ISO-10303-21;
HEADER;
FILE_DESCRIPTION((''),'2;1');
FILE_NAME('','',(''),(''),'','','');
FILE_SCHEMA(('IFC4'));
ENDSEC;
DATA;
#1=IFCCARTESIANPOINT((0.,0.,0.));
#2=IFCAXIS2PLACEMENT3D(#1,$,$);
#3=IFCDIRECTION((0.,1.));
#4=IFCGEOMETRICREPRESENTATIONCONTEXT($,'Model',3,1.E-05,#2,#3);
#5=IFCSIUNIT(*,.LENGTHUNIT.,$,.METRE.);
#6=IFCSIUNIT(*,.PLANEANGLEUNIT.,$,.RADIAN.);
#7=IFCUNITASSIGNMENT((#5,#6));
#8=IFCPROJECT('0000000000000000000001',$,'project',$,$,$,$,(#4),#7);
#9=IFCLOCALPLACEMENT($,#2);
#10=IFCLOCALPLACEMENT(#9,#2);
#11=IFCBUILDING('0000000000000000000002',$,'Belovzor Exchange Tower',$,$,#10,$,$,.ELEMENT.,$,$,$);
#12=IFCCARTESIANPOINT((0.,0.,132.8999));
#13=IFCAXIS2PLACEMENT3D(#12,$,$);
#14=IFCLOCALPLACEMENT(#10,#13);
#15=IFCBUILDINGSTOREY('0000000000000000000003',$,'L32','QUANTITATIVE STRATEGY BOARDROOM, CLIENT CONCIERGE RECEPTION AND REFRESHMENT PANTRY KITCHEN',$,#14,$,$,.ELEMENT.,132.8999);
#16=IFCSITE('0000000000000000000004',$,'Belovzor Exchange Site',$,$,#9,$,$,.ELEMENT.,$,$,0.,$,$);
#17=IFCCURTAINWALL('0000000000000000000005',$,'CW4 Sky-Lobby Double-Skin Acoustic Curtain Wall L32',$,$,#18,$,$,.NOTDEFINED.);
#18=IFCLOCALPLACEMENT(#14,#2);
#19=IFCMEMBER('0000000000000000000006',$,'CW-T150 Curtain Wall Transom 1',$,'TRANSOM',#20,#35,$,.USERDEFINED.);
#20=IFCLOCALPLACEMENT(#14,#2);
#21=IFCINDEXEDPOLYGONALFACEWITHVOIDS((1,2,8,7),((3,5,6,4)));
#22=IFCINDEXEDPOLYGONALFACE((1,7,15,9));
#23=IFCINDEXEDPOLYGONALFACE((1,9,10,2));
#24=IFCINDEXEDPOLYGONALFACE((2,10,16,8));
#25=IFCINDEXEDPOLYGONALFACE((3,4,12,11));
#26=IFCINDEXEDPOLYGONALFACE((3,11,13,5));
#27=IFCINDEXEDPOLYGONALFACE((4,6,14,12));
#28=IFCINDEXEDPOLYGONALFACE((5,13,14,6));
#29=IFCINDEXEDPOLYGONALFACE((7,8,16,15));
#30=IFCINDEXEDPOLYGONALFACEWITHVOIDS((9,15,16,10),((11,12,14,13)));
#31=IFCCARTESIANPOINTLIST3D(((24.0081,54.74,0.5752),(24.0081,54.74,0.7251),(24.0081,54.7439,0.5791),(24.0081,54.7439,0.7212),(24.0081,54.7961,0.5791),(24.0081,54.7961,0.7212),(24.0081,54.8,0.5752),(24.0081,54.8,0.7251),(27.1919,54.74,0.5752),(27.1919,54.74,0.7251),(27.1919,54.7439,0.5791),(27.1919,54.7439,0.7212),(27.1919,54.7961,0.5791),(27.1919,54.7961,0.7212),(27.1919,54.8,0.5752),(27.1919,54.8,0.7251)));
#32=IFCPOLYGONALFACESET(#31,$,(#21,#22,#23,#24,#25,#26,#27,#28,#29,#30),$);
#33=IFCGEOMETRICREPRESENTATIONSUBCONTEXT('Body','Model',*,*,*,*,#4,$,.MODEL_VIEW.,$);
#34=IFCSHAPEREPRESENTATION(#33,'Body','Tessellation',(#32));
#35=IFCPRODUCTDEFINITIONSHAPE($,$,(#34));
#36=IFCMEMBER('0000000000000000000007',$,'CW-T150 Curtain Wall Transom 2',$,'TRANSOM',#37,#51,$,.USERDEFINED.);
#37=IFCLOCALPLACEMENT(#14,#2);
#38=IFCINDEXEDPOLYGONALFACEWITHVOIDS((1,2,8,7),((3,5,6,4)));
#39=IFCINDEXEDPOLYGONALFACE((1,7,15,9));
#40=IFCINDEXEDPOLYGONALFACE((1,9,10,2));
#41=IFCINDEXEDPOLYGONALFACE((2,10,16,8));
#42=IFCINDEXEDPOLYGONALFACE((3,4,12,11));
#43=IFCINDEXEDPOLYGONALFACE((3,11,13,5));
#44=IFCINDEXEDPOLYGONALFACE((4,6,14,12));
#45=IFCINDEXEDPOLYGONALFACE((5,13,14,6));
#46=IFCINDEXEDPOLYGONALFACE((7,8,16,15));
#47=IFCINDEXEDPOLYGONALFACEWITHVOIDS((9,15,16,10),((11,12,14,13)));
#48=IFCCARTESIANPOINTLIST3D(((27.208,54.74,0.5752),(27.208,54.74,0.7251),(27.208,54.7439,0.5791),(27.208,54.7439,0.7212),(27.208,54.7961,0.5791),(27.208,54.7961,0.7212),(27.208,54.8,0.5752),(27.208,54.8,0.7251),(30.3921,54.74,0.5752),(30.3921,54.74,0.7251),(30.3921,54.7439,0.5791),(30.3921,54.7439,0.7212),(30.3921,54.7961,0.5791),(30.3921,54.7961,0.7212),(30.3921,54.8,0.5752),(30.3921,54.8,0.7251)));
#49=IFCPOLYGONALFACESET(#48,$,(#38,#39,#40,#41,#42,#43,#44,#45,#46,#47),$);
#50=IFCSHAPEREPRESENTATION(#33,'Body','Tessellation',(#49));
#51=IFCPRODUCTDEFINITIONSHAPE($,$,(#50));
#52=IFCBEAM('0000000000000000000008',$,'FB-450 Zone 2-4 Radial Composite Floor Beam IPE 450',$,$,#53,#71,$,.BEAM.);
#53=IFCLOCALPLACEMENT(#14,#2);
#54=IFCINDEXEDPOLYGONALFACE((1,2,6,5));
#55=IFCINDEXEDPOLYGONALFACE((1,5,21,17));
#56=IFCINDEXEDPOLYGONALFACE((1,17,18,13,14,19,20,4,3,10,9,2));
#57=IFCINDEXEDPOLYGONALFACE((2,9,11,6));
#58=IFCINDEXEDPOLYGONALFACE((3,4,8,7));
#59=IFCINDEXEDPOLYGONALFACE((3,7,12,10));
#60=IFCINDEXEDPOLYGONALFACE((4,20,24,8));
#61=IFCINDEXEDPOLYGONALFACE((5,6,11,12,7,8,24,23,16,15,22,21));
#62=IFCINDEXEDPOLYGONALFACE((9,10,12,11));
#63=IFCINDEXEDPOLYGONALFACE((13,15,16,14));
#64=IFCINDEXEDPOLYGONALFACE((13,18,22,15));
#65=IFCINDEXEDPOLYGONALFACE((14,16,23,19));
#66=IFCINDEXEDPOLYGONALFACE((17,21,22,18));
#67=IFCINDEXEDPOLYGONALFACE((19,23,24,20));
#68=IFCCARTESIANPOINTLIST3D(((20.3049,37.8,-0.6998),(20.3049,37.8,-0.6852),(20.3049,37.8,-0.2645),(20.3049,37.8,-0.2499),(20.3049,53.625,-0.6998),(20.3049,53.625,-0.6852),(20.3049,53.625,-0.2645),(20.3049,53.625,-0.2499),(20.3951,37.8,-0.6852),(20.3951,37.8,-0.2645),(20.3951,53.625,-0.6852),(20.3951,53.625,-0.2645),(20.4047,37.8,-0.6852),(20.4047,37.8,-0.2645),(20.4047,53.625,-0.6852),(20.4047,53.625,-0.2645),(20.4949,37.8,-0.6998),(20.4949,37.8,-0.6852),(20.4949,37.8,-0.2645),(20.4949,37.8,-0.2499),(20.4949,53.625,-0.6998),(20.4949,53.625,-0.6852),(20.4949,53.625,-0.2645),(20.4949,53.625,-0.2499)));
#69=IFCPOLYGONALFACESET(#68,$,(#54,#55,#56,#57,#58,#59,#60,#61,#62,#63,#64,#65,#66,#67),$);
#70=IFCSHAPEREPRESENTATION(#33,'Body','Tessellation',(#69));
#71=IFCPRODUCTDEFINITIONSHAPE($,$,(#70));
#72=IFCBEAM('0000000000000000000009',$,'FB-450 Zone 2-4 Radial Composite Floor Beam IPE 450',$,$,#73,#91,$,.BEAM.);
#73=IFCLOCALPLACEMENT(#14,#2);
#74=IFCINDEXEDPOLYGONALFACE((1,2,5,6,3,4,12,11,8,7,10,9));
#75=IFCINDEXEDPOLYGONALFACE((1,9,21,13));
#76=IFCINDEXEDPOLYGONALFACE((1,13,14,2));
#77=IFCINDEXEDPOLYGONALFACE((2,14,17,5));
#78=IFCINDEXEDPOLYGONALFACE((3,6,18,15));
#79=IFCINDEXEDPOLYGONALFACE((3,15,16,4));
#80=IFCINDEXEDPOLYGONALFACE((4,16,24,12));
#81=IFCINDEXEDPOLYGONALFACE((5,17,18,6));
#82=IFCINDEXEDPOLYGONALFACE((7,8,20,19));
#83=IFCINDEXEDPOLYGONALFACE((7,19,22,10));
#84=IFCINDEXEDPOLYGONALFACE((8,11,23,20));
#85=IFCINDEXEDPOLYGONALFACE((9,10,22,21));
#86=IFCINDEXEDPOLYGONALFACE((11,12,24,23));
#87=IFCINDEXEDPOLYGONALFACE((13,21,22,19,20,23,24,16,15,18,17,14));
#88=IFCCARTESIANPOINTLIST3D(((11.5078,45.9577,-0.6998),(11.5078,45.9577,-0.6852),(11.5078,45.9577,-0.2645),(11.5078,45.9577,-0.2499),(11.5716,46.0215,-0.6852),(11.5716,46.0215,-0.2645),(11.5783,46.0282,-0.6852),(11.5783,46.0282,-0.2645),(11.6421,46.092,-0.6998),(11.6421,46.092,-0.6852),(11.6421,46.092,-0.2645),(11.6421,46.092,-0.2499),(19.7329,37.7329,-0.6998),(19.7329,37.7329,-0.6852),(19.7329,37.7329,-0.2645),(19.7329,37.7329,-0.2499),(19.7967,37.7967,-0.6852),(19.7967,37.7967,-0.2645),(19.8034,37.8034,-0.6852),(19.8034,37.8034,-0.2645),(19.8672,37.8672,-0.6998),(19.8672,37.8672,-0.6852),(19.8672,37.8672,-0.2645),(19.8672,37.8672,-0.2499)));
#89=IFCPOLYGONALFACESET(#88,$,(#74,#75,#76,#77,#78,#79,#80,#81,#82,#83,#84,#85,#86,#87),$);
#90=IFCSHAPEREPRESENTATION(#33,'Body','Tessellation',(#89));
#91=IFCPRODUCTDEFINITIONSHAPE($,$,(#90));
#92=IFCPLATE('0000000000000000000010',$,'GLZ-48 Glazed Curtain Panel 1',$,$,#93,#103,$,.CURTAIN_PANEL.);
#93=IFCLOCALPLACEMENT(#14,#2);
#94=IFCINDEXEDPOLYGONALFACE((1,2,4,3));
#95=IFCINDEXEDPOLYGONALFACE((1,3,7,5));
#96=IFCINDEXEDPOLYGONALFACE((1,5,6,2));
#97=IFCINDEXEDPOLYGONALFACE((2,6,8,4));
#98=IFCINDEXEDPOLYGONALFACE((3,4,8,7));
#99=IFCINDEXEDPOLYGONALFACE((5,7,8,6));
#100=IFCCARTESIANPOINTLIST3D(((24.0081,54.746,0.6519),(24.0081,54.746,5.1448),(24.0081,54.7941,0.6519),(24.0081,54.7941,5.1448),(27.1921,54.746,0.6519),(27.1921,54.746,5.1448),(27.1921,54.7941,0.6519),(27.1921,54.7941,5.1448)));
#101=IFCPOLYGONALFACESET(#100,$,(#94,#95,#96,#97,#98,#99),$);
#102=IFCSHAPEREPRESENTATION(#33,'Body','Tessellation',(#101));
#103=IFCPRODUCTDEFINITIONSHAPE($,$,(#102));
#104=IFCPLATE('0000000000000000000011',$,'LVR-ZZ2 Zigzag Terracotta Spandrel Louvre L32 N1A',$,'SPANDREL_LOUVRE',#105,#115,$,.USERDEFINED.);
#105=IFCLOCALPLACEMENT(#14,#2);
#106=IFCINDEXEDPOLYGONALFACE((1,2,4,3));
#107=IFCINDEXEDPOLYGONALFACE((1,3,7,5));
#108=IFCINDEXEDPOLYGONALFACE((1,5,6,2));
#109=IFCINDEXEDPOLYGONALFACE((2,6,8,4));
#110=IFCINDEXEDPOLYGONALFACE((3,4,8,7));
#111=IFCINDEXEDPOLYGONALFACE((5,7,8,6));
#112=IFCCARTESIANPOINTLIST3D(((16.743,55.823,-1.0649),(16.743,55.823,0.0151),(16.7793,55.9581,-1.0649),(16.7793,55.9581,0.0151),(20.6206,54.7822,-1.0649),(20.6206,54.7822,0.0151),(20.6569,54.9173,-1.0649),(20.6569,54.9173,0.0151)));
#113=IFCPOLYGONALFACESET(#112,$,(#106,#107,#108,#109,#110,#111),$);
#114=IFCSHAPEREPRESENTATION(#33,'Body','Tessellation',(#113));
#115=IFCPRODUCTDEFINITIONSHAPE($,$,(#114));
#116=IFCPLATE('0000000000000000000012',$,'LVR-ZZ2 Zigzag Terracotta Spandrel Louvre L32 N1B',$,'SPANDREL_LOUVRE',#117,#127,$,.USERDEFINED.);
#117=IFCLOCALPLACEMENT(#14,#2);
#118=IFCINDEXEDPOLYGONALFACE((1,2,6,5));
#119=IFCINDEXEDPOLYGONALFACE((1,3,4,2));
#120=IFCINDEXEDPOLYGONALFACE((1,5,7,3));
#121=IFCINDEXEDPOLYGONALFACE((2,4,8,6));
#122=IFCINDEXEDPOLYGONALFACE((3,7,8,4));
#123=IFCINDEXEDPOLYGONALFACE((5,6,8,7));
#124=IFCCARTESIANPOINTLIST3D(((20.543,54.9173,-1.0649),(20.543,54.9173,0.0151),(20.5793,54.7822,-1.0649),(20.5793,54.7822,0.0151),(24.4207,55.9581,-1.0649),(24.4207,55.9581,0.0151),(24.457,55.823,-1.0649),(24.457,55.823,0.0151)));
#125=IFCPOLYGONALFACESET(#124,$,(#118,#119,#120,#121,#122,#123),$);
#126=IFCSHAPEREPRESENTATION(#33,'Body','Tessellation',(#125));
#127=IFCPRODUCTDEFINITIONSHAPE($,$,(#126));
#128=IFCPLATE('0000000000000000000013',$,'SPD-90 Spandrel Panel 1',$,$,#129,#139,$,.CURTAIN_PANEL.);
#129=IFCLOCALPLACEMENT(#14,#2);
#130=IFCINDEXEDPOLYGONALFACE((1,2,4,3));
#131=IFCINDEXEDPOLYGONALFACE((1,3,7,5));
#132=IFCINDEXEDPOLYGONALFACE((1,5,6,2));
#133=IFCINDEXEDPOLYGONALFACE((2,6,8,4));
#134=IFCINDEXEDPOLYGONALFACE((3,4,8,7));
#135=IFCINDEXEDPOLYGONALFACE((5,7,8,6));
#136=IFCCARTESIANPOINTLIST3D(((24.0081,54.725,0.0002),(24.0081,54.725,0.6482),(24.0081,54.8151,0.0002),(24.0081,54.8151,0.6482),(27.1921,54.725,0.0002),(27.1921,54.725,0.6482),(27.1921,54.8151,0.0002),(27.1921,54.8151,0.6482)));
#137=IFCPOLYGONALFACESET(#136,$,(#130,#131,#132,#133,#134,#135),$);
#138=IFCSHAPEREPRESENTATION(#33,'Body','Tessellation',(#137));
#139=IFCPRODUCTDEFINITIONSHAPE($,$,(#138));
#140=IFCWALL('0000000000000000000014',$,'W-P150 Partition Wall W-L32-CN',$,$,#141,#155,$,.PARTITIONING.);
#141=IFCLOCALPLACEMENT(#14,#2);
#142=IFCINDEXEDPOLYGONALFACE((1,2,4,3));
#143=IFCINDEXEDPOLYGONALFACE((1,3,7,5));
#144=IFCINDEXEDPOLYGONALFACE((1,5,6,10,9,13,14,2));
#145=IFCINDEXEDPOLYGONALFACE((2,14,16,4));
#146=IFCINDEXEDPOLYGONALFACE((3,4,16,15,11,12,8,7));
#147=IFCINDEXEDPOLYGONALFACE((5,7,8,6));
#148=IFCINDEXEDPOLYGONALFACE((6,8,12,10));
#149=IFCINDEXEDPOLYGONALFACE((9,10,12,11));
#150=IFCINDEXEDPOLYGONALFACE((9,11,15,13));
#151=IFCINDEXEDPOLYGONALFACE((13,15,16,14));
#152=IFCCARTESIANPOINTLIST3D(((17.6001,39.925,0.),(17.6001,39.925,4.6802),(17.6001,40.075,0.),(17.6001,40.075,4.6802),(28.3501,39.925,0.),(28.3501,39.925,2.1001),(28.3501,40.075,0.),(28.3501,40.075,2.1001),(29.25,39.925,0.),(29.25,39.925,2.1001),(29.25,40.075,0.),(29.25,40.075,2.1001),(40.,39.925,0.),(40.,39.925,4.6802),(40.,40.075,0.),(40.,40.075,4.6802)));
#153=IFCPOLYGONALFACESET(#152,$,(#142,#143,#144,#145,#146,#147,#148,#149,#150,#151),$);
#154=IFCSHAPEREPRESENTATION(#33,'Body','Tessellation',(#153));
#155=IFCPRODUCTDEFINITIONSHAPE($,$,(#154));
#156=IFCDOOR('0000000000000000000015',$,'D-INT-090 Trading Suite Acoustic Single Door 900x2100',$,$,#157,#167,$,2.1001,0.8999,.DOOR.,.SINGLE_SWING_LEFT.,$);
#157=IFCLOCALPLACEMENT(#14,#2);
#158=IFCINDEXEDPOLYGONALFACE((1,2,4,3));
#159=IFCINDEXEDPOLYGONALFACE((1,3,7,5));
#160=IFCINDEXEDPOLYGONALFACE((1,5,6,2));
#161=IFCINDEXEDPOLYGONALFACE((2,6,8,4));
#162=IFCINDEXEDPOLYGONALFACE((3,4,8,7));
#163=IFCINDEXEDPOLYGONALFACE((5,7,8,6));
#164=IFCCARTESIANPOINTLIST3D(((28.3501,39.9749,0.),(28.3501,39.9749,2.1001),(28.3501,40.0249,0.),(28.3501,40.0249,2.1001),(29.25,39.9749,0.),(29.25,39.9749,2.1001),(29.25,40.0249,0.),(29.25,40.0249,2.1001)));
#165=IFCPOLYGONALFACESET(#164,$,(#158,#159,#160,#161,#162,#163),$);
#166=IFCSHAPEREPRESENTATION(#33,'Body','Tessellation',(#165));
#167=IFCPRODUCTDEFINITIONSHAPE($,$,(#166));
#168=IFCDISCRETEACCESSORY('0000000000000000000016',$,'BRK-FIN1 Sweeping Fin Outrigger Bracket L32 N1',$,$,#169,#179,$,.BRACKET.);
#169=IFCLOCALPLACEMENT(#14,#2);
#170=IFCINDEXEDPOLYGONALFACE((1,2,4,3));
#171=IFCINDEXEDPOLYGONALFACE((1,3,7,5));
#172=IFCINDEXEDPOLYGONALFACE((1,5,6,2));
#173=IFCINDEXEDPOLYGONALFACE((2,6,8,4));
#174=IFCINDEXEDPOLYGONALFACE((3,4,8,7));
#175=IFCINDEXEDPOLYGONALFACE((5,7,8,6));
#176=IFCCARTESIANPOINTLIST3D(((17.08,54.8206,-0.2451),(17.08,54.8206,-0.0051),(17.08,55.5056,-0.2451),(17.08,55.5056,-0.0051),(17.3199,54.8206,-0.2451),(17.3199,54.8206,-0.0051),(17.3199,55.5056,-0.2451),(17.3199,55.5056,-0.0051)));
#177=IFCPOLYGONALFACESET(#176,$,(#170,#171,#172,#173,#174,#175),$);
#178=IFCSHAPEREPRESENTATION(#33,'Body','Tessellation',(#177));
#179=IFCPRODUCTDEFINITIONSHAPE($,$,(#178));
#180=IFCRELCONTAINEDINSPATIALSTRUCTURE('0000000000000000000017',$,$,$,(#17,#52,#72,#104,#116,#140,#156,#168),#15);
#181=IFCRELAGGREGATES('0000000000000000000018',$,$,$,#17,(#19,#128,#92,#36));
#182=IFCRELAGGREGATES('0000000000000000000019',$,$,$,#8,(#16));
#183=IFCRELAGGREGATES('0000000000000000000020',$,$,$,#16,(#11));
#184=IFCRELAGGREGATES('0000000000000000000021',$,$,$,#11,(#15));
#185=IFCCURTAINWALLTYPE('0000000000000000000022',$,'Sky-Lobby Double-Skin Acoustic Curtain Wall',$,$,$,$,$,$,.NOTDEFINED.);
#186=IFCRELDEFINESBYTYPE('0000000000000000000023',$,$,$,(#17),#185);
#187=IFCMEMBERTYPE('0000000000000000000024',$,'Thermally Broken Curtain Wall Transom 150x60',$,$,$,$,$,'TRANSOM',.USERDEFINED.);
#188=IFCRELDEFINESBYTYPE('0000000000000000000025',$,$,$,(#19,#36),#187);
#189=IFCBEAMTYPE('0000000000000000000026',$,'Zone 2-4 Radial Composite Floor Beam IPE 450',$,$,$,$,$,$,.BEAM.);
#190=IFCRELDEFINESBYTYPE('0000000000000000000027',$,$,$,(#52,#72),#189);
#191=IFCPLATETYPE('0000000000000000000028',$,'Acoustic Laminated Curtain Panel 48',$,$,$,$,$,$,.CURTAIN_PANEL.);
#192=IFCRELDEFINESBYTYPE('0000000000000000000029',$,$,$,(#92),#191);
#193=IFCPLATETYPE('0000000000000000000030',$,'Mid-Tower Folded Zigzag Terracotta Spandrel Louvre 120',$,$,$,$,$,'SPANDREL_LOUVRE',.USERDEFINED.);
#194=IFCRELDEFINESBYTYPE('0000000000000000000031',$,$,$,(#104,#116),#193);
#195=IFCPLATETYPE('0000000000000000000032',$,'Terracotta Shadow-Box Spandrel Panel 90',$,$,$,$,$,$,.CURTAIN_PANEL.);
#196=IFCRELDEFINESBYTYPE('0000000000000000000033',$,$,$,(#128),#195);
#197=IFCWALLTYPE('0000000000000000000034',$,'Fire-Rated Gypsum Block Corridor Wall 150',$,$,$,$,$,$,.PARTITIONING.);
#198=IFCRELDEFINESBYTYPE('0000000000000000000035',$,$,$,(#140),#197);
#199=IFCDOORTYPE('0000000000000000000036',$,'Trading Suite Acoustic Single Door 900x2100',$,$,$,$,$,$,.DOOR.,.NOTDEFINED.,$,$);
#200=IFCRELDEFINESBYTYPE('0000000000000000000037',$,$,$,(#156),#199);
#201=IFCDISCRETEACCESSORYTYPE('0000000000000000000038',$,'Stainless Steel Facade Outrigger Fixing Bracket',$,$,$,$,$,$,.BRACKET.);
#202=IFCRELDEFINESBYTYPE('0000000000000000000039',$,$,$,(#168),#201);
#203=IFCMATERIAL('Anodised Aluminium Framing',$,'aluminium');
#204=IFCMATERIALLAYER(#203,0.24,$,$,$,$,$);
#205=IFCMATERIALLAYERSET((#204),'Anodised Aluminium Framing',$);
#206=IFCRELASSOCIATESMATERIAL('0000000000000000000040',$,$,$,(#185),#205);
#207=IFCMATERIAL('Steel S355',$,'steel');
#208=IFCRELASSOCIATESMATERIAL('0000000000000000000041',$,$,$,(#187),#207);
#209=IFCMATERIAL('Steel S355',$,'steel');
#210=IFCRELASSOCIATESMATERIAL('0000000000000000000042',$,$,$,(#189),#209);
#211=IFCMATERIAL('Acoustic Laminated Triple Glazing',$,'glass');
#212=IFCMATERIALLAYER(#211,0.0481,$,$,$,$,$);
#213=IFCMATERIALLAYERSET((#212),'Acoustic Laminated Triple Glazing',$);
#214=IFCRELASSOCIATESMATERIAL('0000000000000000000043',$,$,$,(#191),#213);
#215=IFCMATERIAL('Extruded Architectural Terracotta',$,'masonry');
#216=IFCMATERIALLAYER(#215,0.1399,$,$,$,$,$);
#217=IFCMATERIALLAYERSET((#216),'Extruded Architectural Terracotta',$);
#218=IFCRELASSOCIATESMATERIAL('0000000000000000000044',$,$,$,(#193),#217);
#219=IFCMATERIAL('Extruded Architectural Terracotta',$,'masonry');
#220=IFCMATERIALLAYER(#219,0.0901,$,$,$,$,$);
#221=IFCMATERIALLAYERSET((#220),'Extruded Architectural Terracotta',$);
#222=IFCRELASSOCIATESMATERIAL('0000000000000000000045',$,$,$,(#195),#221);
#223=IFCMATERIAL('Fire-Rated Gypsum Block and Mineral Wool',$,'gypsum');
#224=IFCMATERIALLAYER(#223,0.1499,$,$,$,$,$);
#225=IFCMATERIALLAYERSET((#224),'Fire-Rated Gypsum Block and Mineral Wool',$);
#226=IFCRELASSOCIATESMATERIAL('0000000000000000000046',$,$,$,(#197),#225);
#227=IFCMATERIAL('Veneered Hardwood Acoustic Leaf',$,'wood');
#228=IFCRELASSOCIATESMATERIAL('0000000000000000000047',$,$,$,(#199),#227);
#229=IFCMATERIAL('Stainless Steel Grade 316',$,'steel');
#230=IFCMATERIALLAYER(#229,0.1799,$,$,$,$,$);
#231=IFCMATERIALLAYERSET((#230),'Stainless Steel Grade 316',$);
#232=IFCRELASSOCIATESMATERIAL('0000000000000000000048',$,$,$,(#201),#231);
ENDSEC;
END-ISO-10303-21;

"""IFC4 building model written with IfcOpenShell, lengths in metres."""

from ifc_helpers import new_model, si_unit, direction, frame, frame_2d, origin, origin_2d, place, context, subcontext, project, spatial, rectangle, hollow_rectangle, i_section, extrude, material, layer, layer_set, material_profile, profile_set, type_object, element, fill, aggregate, save


model = new_model("IFC4")

# Units and contexts
model_context = context("Model", 3, precision=1e-05, world=origin(), true_north=direction((0.0, 1.0)))
body_context = subcontext(model_context, "Body", "Model", "MODEL_VIEW")
ifc_project = project(units=[si_unit("LENGTHUNIT", "METRE"), si_unit("PLANEANGLEUNIT", "RADIAN")], contexts=[model_context])

# Site, building, storey
site_placement = place(None, origin())
site = spatial("IfcSite", under=ifc_project, at=site_placement, Name="Belovzor Exchange Site", CompositionType="ELEMENT", RefElevation=0.0)
building_placement = place(site_placement, origin())
building = spatial("IfcBuilding", under=site, at=building_placement, Name="Belovzor Exchange Tower", CompositionType="ELEMENT")
storey_placement = place(building_placement, frame((0.0, 0.0, 132.8999)))
storey = spatial("IfcBuildingStorey", under=building, at=storey_placement, Name="L32", Description="QUANTITATIVE STRATEGY BOARDROOM, CLIENT CONCIERGE RECEPTION AND REFRESHMENT PANTRY KITCHEN", CompositionType="ELEMENT", Elevation=132.8999)

# Curtain wall, members
ifc_material_1 = material(Name="Anodised Aluminium Framing", Category="aluminium")
ifc_layer_1 = layer(ifc_material_1, 0.24)
ifc_layer_set_1 = layer_set([ifc_layer_1], Name="Anodised Aluminium Framing")
curtain_wall_type = type_object("IfcCurtainWallType", Name="Sky-Lobby Double-Skin Acoustic Curtain Wall", PredefinedType="NOTDEFINED", material=ifc_layer_set_1)
curtain_wall_placement = place(storey_placement, origin())
curtain_wall = element("IfcCurtainWall", 1, at=curtain_wall_placement, inside=storey, type_object=curtain_wall_type, Name="CW4 Sky-Lobby Double-Skin Acoustic Curtain Wall L32", PredefinedType="NOTDEFINED")
ifc_material_2 = material(Name="Steel S355", Category="steel")
ifc_material_profile_1 = material_profile(ifc_material_2, hollow_rectangle(XDim=0.0601, YDim=0.1499, WallThickness=0.0039, at=origin_2d()))
ifc_profile_set_1 = profile_set([ifc_material_profile_1], Name="Steel S355")
member_type_1 = type_object("IfcMemberType", Name="Thermally Broken Curtain Wall Transom 150x60", ElementType="TRANSOM", PredefinedType="USERDEFINED", material=ifc_profile_set_1)
member_1_placement = place(storey_placement, frame((24.0081, 54.77, 0.6501), z_axis=(1.0, 0.0, 0.0), x_axis=(0.0, 1.0, 0.0)))
member_1 = element("IfcMember", 2, at=member_1_placement, type_object=member_type_1, Name="CW-T150 Curtain Wall Transom 1", ObjectType="TRANSOM", PredefinedType="USERDEFINED", context=body_context, shape_type="SweptSolid", body=[
    extrude(hollow_rectangle(XDim=0.0601, YDim=0.1499, WallThickness=0.0039, at=origin_2d()), origin(), (0.0, 0.0, 1.0), 3.1838),
])
member_2_placement = place(storey_placement, frame((27.208, 54.77, 0.6501), z_axis=(1.0, 0.0, 0.0), x_axis=(0.0, 1.0, 0.0)))
member_2 = element("IfcMember", 3, at=member_2_placement, type_object=member_type_1, Name="CW-T150 Curtain Wall Transom 2", ObjectType="TRANSOM", PredefinedType="USERDEFINED", context=body_context, shape_type="SweptSolid", body=[
    extrude(hollow_rectangle(XDim=0.0601, YDim=0.1499, WallThickness=0.0039, at=origin_2d()), origin(), (0.0, 0.0, 1.0), 3.1841),
])

# Beams
ifc_material_3 = material(Name="Steel S355", Category="steel")
ifc_material_profile_2 = material_profile(ifc_material_3, i_section(OverallWidth=0.1899, OverallDepth=0.45, WebThickness=0.0095, FlangeThickness=0.0146, at=origin_2d()))
ifc_profile_set_2 = profile_set([ifc_material_profile_2], Name="Steel S355")
beam_type_1 = type_object("IfcBeamType", Name="Zone 2-4 Radial Composite Floor Beam IPE 450", PredefinedType="BEAM", material=ifc_profile_set_2)
beam_1_placement = place(storey_placement, frame((20.3999, 37.8, -0.4749), z_axis=(0.0, 1.0, 0.0), x_axis=(-1.0, 0.0, 0.0)))
element("IfcBeam", 4, at=beam_1_placement, inside=storey, type_object=beam_type_1, Name="FB-450 Zone 2-4 Radial Composite Floor Beam IPE 450", PredefinedType="BEAM", context=body_context, shape_type="SweptSolid", body=[
    extrude(i_section(OverallWidth=0.1899, OverallDepth=0.45, WebThickness=0.0095, FlangeThickness=0.0146, at=origin_2d()), origin(), (0.0, 0.0, 1.0), 15.825),
])
beam_2_placement = place(storey_placement, frame((19.8, 37.8, -0.4749), z_axis=(-0.707117, 0.707096, 0.0), x_axis=(-0.707096, -0.707117, 0.0)))
element("IfcBeam", 5, at=beam_2_placement, inside=storey, type_object=beam_type_1, Name="FB-450 Zone 2-4 Radial Composite Floor Beam IPE 450", PredefinedType="BEAM", context=body_context, shape_type="SweptSolid", body=[
    extrude(i_section(OverallWidth=0.1899, OverallDepth=0.45, WebThickness=0.0095, FlangeThickness=0.0146, at=origin_2d()), origin(), (0.0, 0.0, 1.0), 11.6318),
])

# Plate
ifc_material_4 = material(Name="Acoustic Laminated Triple Glazing", Category="glass")
ifc_layer_2 = layer(ifc_material_4, 0.0481)
ifc_layer_set_2 = layer_set([ifc_layer_2], Name="Acoustic Laminated Triple Glazing")
plate_type_1 = type_object("IfcPlateType", Name="Acoustic Laminated Curtain Panel 48", PredefinedType="CURTAIN_PANEL", material=ifc_layer_set_2)
plate_1_placement = place(storey_placement, frame((25.6001, 54.77, 0.6519), z_axis=(0.0, 0.0, 1.0), x_axis=(1.0, 0.0, 0.0)))
plate_1 = element("IfcPlate", 6, at=plate_1_placement, type_object=plate_type_1, Name="GLZ-48 Glazed Curtain Panel 1", PredefinedType="CURTAIN_PANEL", context=body_context, shape_type="SweptSolid", body=[
    extrude(rectangle(XDim=3.1841, YDim=0.0481, at=origin_2d()), origin(), (0.0, 0.0, 1.0), 4.4929),
])

# Plates
ifc_material_5 = material(Name="Extruded Architectural Terracotta", Category="masonry")
ifc_layer_3 = layer(ifc_material_5, 0.1399)
ifc_layer_set_3 = layer_set([ifc_layer_3], Name="Extruded Architectural Terracotta")
plate_type_2 = type_object("IfcPlateType", Name="Mid-Tower Folded Zigzag Terracotta Spandrel Louvre 120", ElementType="SPANDREL_LOUVRE", PredefinedType="USERDEFINED", material=ifc_layer_set_3)
for number, where, z_axis, x_axis, name in (
    (7, (18.7, 55.3701, -1.0649), (0.0, 0.0, 1.0), (0.965813, -0.25924, 0.0), "LVR-ZZ2 Zigzag Terracotta Spandrel Louvre L32 N1A"),
    (8, (22.5, 55.3701, -1.0649), (0.0, 0.0, 1.0), (0.965813, 0.25924, 0.0), "LVR-ZZ2 Zigzag Terracotta Spandrel Louvre L32 N1B"),
):
    element("IfcPlate", number, at=place(storey_placement, frame(where, z_axis=z_axis, x_axis=x_axis)), inside=storey, type_object=plate_type_2, Name=name, ObjectType="SPANDREL_LOUVRE", PredefinedType="USERDEFINED", context=body_context, shape_type="SweptSolid", body=[
        extrude(rectangle(XDim=4.0149, YDim=0.1399, at=origin_2d()), origin(), (0.0, 0.0, 1.0), 1.0801),
    ])

# Plate
ifc_material_6 = material(Name="Extruded Architectural Terracotta", Category="masonry")
ifc_layer_4 = layer(ifc_material_6, 0.0901)
ifc_layer_set_4 = layer_set([ifc_layer_4], Name="Extruded Architectural Terracotta")
plate_type_3 = type_object("IfcPlateType", Name="Terracotta Shadow-Box Spandrel Panel 90", PredefinedType="CURTAIN_PANEL", material=ifc_layer_set_4)
plate_2_placement = place(storey_placement, frame((25.6001, 54.77, 0.0002), z_axis=(0.0, 0.0, 1.0), x_axis=(1.0, 0.0, 0.0)))
plate_2 = element("IfcPlate", 9, at=plate_2_placement, type_object=plate_type_3, Name="SPD-90 Spandrel Panel 1", PredefinedType="CURTAIN_PANEL", context=body_context, shape_type="SweptSolid", body=[
    extrude(rectangle(XDim=3.1841, YDim=0.0901, at=origin_2d()), origin(), (0.0, 0.0, 1.0), 0.6479),
])
aggregate(curtain_wall, [member_1, plate_2, plate_1, member_2])

# Wall, opening, door
ifc_material_7 = material(Name="Fire-Rated Gypsum Block and Mineral Wool", Category="gypsum")
ifc_layer_5 = layer(ifc_material_7, 0.1499)
ifc_layer_set_5 = layer_set([ifc_layer_5], Name="Fire-Rated Gypsum Block and Mineral Wool")
wall_type = type_object("IfcWallType", Name="Fire-Rated Gypsum Block Corridor Wall 150", PredefinedType="PARTITIONING", material=ifc_layer_set_5)
wall_placement = place(storey_placement, frame((17.6001, 40.0, 0.0), z_axis=(0.0, 0.0, 1.0), x_axis=(1.0, 0.0, 0.0)))
wall = element("IfcWall", 10, at=wall_placement, inside=storey, type_object=wall_type, Name="W-P150 Partition Wall W-L32-CN", PredefinedType="PARTITIONING", context=body_context, shape_type="SweptSolid", body=[
    extrude(rectangle(XDim=22.3999, YDim=0.1499, at=frame_2d((11.2, 0.0))), origin(), (0.0, 0.0, 1.0), 4.6802),
])
opening_placement = place(wall_placement, frame((10.75, 0.0, 0.0)))
opening = element("IfcOpeningElement", 11, at=opening_placement, cuts=wall, PredefinedType="OPENING", context=body_context, shape_type="SweptSolid", body=[
    extrude(rectangle(XDim=0.8999, YDim=2.1001, at=frame_2d((0.45, 1.05))), frame((0.0, 0.085, 0.0), z_axis=(0.0, -1.0, 0.0), x_axis=(1.0, 0.0, 0.0)), (0.0, 0.0, 1.0), 0.1699),
])
ifc_material_8 = material(Name="Veneered Hardwood Acoustic Leaf", Category="wood")
door_type = type_object("IfcDoorType", Name="Trading Suite Acoustic Single Door 900x2100", OperationType="NOTDEFINED", PredefinedType="DOOR", material=ifc_material_8)
door_placement = place(opening_placement, origin())
door = element("IfcDoor", 12, at=door_placement, inside=storey, type_object=door_type, Name="D-INT-090 Trading Suite Acoustic Single Door 900x2100", OperationType="SINGLE_SWING_LEFT", OverallHeight=2.1001, OverallWidth=0.8999, PredefinedType="DOOR", context=body_context, shape_type="SweptSolid", body=[
    extrude(rectangle(XDim=0.8999, YDim=2.1001, at=frame_2d((0.45, 1.05))), frame((0.0, 0.0249, 0.0), z_axis=(0.0, -1.0, 0.0), x_axis=(1.0, 0.0, 0.0)), (0.0, 0.0, 1.0), 0.05),
])
fill(opening, door)

# Discrete accessory
ifc_material_9 = material(Name="Stainless Steel Grade 316", Category="steel")
ifc_layer_6 = layer(ifc_material_9, 0.1799)
ifc_layer_set_6 = layer_set([ifc_layer_6], Name="Stainless Steel Grade 316")
discrete_accessory_type = type_object("IfcDiscreteAccessoryType", Name="Stainless Steel Facade Outrigger Fixing Bracket", PredefinedType="BRACKET", material=ifc_layer_set_6)
for number, where, z_axis, x_axis, name in (
    (13, (17.2, 55.1631, -0.2451), (0.0, 0.0, 1.0), (0.0, 1.0, 0.0), "BRK-FIN1 Sweeping Fin Outrigger Bracket L32 N1"),
):
    element("IfcDiscreteAccessory", number, at=place(storey_placement, frame(where, z_axis=z_axis, x_axis=x_axis)), inside=storey, type_object=discrete_accessory_type, Name=name, PredefinedType="BRACKET", context=body_context, shape_type="SweptSolid", body=[
        extrude(rectangle(XDim=0.6851, YDim=0.24, at=origin_2d()), origin(), (0.0, 0.0, 1.0), 0.24),
    ])

save(model, "model.ifc")
